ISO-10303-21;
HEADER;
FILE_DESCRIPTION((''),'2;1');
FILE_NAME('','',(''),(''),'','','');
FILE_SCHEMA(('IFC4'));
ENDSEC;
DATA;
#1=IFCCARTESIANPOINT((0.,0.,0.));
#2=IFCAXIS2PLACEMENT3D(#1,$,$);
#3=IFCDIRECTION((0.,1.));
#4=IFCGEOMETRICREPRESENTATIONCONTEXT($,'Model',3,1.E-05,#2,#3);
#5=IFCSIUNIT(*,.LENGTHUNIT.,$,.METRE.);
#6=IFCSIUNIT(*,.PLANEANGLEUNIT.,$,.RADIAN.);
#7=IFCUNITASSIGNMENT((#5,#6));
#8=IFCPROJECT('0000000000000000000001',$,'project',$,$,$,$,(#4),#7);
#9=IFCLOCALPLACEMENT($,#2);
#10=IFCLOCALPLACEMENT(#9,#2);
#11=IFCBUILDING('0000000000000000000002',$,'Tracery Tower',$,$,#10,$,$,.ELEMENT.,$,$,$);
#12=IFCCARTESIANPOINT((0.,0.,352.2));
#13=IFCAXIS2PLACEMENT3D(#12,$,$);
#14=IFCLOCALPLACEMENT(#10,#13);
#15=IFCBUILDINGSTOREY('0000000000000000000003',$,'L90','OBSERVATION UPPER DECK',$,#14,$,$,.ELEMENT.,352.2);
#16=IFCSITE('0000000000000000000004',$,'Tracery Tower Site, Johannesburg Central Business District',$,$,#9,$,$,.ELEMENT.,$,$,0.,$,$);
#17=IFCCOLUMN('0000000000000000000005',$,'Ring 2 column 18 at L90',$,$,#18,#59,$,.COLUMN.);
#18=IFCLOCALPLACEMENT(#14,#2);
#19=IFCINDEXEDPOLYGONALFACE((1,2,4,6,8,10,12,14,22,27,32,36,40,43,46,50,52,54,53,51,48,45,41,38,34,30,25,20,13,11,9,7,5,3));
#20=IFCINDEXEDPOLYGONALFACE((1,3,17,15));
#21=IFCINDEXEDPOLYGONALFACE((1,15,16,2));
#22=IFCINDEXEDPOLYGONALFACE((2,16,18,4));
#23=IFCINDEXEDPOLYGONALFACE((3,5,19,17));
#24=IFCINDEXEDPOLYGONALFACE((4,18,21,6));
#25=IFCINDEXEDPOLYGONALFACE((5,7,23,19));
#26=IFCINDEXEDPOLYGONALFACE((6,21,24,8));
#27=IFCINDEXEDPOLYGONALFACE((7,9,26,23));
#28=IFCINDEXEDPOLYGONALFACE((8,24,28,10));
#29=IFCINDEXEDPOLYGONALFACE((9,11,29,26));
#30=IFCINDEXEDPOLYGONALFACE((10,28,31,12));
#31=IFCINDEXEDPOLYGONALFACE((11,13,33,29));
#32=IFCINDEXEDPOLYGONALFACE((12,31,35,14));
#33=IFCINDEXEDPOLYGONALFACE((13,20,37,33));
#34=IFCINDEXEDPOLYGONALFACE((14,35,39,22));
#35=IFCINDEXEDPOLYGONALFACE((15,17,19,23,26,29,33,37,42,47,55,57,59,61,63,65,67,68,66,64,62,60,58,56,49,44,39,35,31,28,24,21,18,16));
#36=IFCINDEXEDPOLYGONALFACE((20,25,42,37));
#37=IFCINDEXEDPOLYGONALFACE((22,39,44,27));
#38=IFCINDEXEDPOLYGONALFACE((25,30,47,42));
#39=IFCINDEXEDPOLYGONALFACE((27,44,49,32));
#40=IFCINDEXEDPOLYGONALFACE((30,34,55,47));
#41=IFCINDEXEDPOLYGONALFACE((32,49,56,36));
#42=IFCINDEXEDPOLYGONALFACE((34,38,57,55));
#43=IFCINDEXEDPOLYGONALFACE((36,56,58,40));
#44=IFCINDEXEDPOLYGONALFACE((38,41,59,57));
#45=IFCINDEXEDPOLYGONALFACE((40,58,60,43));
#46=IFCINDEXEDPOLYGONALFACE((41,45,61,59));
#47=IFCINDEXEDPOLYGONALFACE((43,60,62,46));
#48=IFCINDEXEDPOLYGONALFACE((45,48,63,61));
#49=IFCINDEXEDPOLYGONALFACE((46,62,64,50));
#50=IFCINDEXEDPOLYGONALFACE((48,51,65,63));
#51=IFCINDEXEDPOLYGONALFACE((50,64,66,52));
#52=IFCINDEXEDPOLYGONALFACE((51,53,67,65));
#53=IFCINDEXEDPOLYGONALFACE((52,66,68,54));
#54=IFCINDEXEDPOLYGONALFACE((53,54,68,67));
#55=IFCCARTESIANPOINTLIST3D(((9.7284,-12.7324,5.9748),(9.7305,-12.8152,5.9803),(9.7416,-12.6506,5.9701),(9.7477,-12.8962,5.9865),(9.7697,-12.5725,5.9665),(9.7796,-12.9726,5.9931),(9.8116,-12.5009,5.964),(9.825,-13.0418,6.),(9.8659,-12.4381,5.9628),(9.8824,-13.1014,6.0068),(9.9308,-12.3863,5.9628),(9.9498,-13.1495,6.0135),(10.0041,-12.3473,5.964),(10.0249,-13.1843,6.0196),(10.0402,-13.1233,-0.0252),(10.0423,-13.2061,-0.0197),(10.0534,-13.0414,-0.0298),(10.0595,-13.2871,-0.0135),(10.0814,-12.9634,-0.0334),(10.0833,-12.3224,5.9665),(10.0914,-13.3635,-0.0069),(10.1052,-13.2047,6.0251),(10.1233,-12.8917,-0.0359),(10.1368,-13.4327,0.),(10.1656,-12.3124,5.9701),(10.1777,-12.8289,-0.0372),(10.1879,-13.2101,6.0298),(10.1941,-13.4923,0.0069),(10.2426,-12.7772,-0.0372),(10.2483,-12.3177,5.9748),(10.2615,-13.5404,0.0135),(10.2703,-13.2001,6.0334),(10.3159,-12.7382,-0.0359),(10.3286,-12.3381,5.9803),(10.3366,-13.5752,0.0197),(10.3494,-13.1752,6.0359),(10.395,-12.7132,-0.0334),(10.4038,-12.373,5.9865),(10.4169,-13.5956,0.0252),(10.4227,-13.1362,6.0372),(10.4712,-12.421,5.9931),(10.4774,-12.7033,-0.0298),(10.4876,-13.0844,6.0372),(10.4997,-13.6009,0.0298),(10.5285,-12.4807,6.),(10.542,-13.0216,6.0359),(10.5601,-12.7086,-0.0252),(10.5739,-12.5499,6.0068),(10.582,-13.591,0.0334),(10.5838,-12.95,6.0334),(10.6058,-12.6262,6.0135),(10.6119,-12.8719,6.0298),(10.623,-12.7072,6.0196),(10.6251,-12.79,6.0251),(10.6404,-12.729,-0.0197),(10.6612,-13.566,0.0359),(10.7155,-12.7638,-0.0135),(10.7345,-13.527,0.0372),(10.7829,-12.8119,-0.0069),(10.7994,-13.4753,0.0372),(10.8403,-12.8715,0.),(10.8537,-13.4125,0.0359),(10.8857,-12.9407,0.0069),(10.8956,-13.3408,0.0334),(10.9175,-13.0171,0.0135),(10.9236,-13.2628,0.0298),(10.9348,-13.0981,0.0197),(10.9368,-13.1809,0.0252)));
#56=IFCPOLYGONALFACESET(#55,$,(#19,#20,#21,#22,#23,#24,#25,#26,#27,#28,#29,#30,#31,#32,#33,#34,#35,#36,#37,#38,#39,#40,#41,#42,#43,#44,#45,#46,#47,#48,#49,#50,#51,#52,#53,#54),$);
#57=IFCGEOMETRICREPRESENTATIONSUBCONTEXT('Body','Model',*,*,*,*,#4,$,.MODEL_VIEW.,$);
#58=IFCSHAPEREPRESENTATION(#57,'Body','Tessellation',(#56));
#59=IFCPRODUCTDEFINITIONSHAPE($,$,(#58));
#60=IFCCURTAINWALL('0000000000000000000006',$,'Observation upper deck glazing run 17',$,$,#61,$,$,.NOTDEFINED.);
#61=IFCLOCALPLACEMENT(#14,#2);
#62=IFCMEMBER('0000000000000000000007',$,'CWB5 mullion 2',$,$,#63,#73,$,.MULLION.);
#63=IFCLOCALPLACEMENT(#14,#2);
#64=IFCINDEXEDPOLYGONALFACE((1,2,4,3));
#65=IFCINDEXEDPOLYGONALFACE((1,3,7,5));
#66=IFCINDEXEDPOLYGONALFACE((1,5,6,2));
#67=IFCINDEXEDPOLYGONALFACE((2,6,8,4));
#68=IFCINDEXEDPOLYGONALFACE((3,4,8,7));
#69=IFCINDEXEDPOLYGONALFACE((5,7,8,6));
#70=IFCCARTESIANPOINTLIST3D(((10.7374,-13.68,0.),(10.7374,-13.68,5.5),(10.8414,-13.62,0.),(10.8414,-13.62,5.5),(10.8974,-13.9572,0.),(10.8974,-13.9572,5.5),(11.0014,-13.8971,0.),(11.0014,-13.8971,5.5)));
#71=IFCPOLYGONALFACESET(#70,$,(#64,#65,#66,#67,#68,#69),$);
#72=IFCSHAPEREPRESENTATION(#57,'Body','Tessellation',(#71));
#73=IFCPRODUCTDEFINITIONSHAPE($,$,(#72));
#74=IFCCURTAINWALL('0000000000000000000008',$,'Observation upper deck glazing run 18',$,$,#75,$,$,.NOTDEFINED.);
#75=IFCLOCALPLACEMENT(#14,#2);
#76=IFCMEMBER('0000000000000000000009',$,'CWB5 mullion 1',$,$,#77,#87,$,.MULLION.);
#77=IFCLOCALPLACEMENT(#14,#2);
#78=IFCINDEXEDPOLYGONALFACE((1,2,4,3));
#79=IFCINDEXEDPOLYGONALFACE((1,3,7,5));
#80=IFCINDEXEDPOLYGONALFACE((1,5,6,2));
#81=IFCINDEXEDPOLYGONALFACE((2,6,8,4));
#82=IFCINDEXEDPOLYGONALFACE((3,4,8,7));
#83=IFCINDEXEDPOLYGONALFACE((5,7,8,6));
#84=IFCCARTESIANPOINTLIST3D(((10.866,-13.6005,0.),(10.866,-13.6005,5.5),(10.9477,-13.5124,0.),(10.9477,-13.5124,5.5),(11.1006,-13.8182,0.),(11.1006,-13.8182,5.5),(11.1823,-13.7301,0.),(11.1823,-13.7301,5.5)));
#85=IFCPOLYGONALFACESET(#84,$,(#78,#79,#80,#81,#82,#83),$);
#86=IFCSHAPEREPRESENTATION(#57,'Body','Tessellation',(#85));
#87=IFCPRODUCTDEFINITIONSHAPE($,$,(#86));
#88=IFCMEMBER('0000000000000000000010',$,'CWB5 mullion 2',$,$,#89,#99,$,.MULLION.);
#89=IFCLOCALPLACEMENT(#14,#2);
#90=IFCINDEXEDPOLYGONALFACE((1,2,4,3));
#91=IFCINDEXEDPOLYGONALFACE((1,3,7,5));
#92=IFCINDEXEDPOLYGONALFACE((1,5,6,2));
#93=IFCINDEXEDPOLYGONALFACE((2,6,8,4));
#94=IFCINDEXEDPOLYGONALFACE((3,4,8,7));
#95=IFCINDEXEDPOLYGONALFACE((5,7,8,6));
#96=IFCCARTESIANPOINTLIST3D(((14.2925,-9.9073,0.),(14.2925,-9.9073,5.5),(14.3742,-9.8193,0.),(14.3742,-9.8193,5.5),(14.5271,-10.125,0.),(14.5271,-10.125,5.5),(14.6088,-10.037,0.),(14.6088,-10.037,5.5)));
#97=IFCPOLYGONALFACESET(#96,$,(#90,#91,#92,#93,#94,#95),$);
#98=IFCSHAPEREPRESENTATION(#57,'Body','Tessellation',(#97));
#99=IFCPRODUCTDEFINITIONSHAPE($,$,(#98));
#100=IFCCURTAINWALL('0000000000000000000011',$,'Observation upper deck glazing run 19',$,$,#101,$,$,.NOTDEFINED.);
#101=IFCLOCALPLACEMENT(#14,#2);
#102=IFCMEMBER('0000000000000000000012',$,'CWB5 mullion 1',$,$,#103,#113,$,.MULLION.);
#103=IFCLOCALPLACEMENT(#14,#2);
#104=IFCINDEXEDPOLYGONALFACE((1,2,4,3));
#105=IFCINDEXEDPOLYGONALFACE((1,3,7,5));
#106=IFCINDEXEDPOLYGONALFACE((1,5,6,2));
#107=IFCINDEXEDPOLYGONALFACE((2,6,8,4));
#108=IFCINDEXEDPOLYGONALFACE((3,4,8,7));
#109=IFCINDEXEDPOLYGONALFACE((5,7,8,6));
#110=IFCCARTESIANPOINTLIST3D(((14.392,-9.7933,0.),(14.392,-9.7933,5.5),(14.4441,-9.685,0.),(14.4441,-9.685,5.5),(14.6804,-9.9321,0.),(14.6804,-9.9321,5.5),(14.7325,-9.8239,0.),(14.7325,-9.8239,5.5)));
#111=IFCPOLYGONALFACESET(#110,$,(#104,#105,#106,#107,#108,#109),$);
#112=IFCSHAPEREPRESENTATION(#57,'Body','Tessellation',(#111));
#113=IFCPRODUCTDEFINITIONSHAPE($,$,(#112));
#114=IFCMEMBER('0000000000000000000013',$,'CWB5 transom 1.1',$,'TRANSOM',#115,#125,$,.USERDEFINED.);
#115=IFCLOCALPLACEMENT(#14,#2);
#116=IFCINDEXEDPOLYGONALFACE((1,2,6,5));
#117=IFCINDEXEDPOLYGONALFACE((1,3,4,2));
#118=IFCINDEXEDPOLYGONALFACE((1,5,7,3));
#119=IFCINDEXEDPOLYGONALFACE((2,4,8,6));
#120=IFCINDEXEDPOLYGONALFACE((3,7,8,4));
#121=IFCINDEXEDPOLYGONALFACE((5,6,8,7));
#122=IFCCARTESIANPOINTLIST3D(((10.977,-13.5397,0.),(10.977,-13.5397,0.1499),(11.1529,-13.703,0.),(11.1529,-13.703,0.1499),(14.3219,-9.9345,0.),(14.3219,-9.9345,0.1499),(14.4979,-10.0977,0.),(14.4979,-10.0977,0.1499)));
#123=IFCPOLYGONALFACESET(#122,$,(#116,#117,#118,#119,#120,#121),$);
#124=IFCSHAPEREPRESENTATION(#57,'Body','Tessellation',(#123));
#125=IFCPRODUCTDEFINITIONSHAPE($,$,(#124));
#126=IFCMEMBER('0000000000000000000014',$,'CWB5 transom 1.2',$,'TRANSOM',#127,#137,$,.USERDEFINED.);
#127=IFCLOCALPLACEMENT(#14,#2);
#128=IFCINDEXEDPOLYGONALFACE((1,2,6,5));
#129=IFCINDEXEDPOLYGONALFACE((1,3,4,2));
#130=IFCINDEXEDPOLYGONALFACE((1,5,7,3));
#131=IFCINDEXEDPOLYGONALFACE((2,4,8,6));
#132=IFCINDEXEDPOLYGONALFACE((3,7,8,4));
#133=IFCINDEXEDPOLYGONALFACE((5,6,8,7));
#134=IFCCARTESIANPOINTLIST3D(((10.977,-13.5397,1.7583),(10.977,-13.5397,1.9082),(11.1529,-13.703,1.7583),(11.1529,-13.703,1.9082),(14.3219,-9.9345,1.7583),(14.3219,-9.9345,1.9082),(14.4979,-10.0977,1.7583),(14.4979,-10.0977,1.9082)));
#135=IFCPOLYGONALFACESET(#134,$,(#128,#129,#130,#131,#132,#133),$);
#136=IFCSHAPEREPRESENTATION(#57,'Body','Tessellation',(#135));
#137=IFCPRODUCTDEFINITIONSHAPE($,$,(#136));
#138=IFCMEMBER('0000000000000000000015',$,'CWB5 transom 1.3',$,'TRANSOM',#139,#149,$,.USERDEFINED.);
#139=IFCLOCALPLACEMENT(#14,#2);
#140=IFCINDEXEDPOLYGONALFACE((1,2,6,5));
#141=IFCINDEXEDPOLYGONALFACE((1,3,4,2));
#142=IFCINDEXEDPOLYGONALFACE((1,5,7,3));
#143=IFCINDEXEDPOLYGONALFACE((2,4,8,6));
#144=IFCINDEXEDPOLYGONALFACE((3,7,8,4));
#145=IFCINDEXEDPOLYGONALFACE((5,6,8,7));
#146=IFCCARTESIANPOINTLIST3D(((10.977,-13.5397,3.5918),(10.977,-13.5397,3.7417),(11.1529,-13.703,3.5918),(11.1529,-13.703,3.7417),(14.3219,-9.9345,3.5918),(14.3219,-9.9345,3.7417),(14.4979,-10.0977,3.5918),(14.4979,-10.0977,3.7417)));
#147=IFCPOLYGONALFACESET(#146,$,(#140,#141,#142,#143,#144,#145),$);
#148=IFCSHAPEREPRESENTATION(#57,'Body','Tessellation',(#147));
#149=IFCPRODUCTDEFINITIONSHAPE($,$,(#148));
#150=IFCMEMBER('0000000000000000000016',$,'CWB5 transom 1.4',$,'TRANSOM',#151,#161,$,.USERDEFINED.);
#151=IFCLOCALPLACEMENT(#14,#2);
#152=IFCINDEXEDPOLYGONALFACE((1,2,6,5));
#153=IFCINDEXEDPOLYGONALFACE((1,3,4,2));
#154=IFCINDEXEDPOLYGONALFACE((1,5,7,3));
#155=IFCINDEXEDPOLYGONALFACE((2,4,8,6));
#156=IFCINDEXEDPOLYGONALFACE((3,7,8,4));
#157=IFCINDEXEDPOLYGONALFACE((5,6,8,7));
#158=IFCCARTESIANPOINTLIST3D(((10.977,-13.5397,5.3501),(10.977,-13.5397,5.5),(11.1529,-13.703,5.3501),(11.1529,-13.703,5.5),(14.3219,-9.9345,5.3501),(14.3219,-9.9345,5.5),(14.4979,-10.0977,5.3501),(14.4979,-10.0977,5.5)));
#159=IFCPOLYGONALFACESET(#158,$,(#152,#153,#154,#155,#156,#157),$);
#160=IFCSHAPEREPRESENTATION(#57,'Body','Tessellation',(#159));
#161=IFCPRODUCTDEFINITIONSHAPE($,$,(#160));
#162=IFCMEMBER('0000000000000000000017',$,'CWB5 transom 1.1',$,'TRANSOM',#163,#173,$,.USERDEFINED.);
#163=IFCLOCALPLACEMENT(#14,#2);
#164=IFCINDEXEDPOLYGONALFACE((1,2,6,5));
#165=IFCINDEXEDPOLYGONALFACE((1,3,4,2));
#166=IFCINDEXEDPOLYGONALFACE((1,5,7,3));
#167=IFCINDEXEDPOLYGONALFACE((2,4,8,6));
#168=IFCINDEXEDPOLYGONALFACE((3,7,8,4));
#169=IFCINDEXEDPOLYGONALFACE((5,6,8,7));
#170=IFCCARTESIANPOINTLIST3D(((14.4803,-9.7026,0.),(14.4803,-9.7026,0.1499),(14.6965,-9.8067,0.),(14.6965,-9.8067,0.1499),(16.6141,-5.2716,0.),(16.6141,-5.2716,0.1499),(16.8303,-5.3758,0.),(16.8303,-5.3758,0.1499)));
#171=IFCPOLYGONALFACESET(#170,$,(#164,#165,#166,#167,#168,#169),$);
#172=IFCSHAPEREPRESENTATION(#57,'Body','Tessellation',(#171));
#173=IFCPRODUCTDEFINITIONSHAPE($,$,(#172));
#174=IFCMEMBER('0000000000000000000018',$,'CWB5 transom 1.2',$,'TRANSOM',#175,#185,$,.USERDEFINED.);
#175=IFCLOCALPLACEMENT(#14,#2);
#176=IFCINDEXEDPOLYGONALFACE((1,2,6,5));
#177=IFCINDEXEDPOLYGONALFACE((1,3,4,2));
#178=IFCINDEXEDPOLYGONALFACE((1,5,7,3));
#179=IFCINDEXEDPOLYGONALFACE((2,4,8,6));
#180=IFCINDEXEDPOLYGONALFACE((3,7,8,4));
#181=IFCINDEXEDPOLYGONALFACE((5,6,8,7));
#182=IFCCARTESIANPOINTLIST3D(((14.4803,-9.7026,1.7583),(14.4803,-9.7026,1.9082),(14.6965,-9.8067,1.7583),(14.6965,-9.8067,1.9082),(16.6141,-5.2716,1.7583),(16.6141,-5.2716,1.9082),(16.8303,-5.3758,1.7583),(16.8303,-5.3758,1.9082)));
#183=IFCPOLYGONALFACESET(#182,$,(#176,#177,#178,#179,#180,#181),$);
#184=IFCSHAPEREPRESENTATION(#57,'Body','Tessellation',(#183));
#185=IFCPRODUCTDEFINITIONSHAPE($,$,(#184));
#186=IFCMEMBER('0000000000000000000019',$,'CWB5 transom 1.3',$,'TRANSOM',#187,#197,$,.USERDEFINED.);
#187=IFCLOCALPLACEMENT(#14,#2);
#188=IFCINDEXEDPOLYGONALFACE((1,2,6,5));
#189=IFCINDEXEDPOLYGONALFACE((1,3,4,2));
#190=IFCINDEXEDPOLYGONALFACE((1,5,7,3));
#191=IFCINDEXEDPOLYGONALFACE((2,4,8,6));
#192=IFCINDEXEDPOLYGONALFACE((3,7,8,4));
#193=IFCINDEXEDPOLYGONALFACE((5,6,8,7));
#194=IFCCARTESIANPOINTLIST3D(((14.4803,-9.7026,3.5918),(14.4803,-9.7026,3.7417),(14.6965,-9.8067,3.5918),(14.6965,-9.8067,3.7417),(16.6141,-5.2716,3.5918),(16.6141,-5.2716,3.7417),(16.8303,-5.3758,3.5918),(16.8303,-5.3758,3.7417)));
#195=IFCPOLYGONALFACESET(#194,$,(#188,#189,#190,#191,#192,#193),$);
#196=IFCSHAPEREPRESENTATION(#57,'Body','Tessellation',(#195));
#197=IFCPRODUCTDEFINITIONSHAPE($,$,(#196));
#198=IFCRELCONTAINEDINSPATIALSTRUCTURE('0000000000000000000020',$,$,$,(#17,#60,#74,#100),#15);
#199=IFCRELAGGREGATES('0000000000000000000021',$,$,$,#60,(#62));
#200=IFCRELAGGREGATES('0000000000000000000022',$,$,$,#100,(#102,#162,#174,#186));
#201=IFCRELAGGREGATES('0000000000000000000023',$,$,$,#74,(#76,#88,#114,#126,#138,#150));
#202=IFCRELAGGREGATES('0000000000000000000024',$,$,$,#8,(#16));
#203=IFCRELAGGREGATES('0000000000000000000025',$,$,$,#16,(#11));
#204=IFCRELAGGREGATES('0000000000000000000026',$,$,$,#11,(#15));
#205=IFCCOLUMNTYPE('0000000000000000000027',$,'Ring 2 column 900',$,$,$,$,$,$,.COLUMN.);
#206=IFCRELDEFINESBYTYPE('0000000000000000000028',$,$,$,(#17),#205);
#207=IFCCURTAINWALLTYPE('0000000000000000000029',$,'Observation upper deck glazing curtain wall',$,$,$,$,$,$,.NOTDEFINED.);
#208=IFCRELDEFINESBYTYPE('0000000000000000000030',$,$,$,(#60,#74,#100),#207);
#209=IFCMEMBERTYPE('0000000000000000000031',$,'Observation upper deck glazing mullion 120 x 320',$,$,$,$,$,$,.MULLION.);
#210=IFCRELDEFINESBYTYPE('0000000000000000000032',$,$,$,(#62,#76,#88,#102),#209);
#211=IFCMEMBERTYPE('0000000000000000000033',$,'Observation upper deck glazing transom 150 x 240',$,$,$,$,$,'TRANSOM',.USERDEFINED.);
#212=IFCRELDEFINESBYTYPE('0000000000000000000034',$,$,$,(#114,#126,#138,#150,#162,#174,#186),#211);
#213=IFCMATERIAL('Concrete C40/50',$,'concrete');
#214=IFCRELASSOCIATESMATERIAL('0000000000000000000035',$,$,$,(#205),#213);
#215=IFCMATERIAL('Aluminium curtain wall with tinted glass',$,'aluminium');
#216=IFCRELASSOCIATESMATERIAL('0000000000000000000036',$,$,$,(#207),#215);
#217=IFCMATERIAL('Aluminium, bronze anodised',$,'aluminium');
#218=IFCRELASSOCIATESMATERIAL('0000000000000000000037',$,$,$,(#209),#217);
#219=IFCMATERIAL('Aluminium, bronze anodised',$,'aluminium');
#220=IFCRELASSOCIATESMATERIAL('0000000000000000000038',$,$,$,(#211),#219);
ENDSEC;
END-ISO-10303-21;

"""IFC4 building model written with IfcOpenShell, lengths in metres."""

from ifc_helpers import new_model, si_unit, direction, frame, origin, origin_2d, place, context, subcontext, project, spatial, rectangle, circle, extrude, material, material_profile, profile_set, type_object, element, aggregate, save


model = new_model("IFC4")

# Units and contexts
model_context = context("Model", 3, precision=1e-05, world=origin(), true_north=direction((0.0, 1.0)))
body_context = subcontext(model_context, "Body", "Model", "MODEL_VIEW")
ifc_project = project(units=[si_unit("LENGTHUNIT", "METRE"), si_unit("PLANEANGLEUNIT", "RADIAN")], contexts=[model_context])

# Site, building, storey
site_placement = place(None, origin())
site = spatial("IfcSite", under=ifc_project, at=site_placement, Name="Tracery Tower Site, Johannesburg Central Business District", CompositionType="ELEMENT", RefElevation=0.0)
building_placement = place(site_placement, origin())
building = spatial("IfcBuilding", under=site, at=building_placement, Name="Tracery Tower", CompositionType="ELEMENT")
storey_placement = place(building_placement, frame((0.0, 0.0, 352.2)))
storey = spatial("IfcBuildingStorey", under=building, at=storey_placement, Name="L90", Description="OBSERVATION UPPER DECK", CompositionType="ELEMENT", Elevation=352.2)

# Column
ifc_material_1 = material(Name="Concrete C40/50", Category="concrete")
ifc_material_profile_1 = material_profile(ifc_material_1, circle(Radius=0.45, at=origin_2d()), Name="RC D900")
ifc_profile_set_1 = profile_set([ifc_material_profile_1], Name="Concrete C40/50")
column_type = type_object("IfcColumnType", Name="Ring 2 column 900", PredefinedType="COLUMN", material=ifc_profile_set_1)
column_placement = place(storey_placement, frame((10.4885, -13.1521, 0.0), z_axis=(-0.051782, 0.06492, 0.996546), x_axis=(-0.781773, -0.623563, 0.0)))
element("IfcColumn", 1, at=column_placement, inside=storey, type_object=column_type, Name="Ring 2 column 18 at L90", PredefinedType="COLUMN", context=body_context, shape_type="SweptSolid", body=[
    extrude(circle(Radius=0.45, at=origin_2d()), origin(), (0.0, 0.0, 1.0), 6.0208),
])

# Curtain wall, member
ifc_material_2 = material(Name="Aluminium curtain wall with tinted glass", Category="aluminium")
curtain_wall_type = type_object("IfcCurtainWallType", Name="Observation upper deck glazing curtain wall", PredefinedType="NOTDEFINED", material=ifc_material_2)
curtain_wall_1_placement = place(storey_placement, origin())
curtain_wall_1 = element("IfcCurtainWall", 2, at=curtain_wall_1_placement, inside=storey, type_object=curtain_wall_type, Name="Observation upper deck glazing run 17", PredefinedType="NOTDEFINED")
ifc_material_3 = material(Name="Aluminium, bronze anodised", Category="aluminium")
ifc_material_profile_2 = material_profile(ifc_material_3, rectangle(XDim=0.3201, YDim=0.1201, at=origin_2d()), Name="Observation upper deck glazing mullion 120 x 320")
ifc_profile_set_2 = profile_set([ifc_material_profile_2], Name="Aluminium, bronze anodised")
member_type_1 = type_object("IfcMemberType", Name="Observation upper deck glazing mullion 120 x 320", PredefinedType="MULLION", material=ifc_profile_set_2)
member_1_placement = place(storey_placement, frame((10.8694, -13.7886, 0.0), z_axis=(0.0, 0.0, 1.0), x_axis=(-0.500005, 0.866023, 0.0)))
member_1 = element("IfcMember", 3, at=member_1_placement, type_object=member_type_1, Name="CWB5 mullion 2", PredefinedType="MULLION", context=body_context, shape_type="SweptSolid", body=[
    extrude(rectangle(XDim=0.3201, YDim=0.1201, at=origin_2d()), origin(), (0.0, 0.0, 1.0), 5.5),
])
aggregate(curtain_wall_1, [member_1])

# Curtain wall, members
curtain_wall_2_placement = place(storey_placement, origin())
curtain_wall_2 = element("IfcCurtainWall", 4, at=curtain_wall_2_placement, inside=storey, type_object=curtain_wall_type, Name="Observation upper deck glazing run 18", PredefinedType="NOTDEFINED")
member_2_placement = place(storey_placement, frame((11.0242, -13.6653, 0.0), z_axis=(0.0, 0.0, 1.0), x_axis=(-0.733057, 0.680168, 0.0)))
member_2 = element("IfcMember", 5, at=member_2_placement, type_object=member_type_1, Name="CWB5 mullion 1", PredefinedType="MULLION", context=body_context, shape_type="SweptSolid", body=[
    extrude(rectangle(XDim=0.3201, YDim=0.1201, at=origin_2d()), origin(), (0.0, 0.0, 1.0), 5.5),
])
member_3_placement = place(storey_placement, frame((14.4507, -9.9722, 0.0), z_axis=(0.0, 0.0, 1.0), x_axis=(-0.733057, 0.680168, 0.0)))
member_3 = element("IfcMember", 6, at=member_3_placement, type_object=member_type_1, Name="CWB5 mullion 2", PredefinedType="MULLION", context=body_context, shape_type="SweptSolid", body=[
    extrude(rectangle(XDim=0.3201, YDim=0.1201, at=origin_2d()), origin(), (0.0, 0.0, 1.0), 5.5),
])

# Curtain wall, member
curtain_wall_3_placement = place(storey_placement, origin())
curtain_wall_3 = element("IfcCurtainWall", 7, at=curtain_wall_3_placement, inside=storey, type_object=curtain_wall_type, Name="Observation upper deck glazing run 19", PredefinedType="NOTDEFINED")
member_4_placement = place(storey_placement, frame((14.5623, -9.8086, 0.0), z_axis=(0.0, 0.0, 1.0), x_axis=(-0.900967, 0.433888, 0.0)))
member_4 = element("IfcMember", 8, at=member_4_placement, type_object=member_type_1, Name="CWB5 mullion 1", PredefinedType="MULLION", context=body_context, shape_type="SweptSolid", body=[
    extrude(rectangle(XDim=0.3201, YDim=0.1201, at=origin_2d()), origin(), (0.0, 0.0, 1.0), 5.5),
])

# Members
ifc_material_4 = material(Name="Aluminium, bronze anodised", Category="aluminium")
ifc_material_profile_3 = material_profile(ifc_material_4, rectangle(XDim=0.24, YDim=0.1499, at=origin_2d()), Name="Observation upper deck glazing transom 150 x 240")
ifc_profile_set_3 = profile_set([ifc_material_profile_3], Name="Aluminium, bronze anodised")
member_type_2 = type_object("IfcMemberType", Name="Observation upper deck glazing transom 150 x 240", ElementType="TRANSOM", PredefinedType="USERDEFINED", material=ifc_profile_set_3)
member_5_placement = place(storey_placement, frame((11.0649, -13.6213, 0.075), z_axis=(0.680152, 0.733071, 0.0), x_axis=(-0.733071, 0.680152, 0.0)))
member_5 = element("IfcMember", 9, at=member_5_placement, type_object=member_type_2, Name="CWB5 transom 1.1", ObjectType="TRANSOM", PredefinedType="USERDEFINED", context=body_context, shape_type="SweptSolid", body=[
    extrude(rectangle(XDim=0.24, YDim=0.1499, at=origin_2d()), origin(), (0.0, 0.0, 1.0), 4.918),
])
member_6_placement = place(storey_placement, frame((11.0649, -13.6213, 1.8333), z_axis=(0.680152, 0.733071, 0.0), x_axis=(-0.733071, 0.680152, 0.0)))
member_6 = element("IfcMember", 10, at=member_6_placement, type_object=member_type_2, Name="CWB5 transom 1.2", ObjectType="TRANSOM", PredefinedType="USERDEFINED", context=body_context, shape_type="SweptSolid", body=[
    extrude(rectangle(XDim=0.24, YDim=0.1499, at=origin_2d()), origin(), (0.0, 0.0, 1.0), 4.918),
])
member_7_placement = place(storey_placement, frame((11.0649, -13.6213, 3.6667), z_axis=(0.680152, 0.733071, 0.0), x_axis=(-0.733071, 0.680152, 0.0)))
member_7 = element("IfcMember", 11, at=member_7_placement, type_object=member_type_2, Name="CWB5 transom 1.3", ObjectType="TRANSOM", PredefinedType="USERDEFINED", context=body_context, shape_type="SweptSolid", body=[
    extrude(rectangle(XDim=0.24, YDim=0.1499, at=origin_2d()), origin(), (0.0, 0.0, 1.0), 4.918),
])
member_8_placement = place(storey_placement, frame((11.0649, -13.6213, 5.425), z_axis=(0.680152, 0.733071, 0.0), x_axis=(-0.733071, 0.680152, 0.0)))
member_8 = element("IfcMember", 12, at=member_8_placement, type_object=member_type_2, Name="CWB5 transom 1.4", ObjectType="TRANSOM", PredefinedType="USERDEFINED", context=body_context, shape_type="SweptSolid", body=[
    extrude(rectangle(XDim=0.24, YDim=0.1499, at=origin_2d()), origin(), (0.0, 0.0, 1.0), 4.918),
])
member_9_placement = place(storey_placement, frame((14.5884, -9.7546, 0.075), z_axis=(0.43388, 0.900971, 0.0), x_axis=(-0.900971, 0.43388, 0.0)))
member_9 = element("IfcMember", 13, at=member_9_placement, type_object=member_type_2, Name="CWB5 transom 1.1", ObjectType="TRANSOM", PredefinedType="USERDEFINED", context=body_context, shape_type="SweptSolid", body=[
    extrude(rectangle(XDim=0.24, YDim=0.1499, at=origin_2d()), origin(), (0.0, 0.0, 1.0), 4.918),
])
member_10_placement = place(storey_placement, frame((14.5884, -9.7546, 1.8333), z_axis=(0.43388, 0.900971, 0.0), x_axis=(-0.900971, 0.43388, 0.0)))
member_10 = element("IfcMember", 14, at=member_10_placement, type_object=member_type_2, Name="CWB5 transom 1.2", ObjectType="TRANSOM", PredefinedType="USERDEFINED", context=body_context, shape_type="SweptSolid", body=[
    extrude(rectangle(XDim=0.24, YDim=0.1499, at=origin_2d()), origin(), (0.0, 0.0, 1.0), 4.918),
])
member_11_placement = place(storey_placement, frame((14.5884, -9.7546, 3.6667), z_axis=(0.43388, 0.900971, 0.0), x_axis=(-0.900971, 0.43388, 0.0)))
member_11 = element("IfcMember", 15, at=member_11_placement, type_object=member_type_2, Name="CWB5 transom 1.3", ObjectType="TRANSOM", PredefinedType="USERDEFINED", context=body_context, shape_type="SweptSolid", body=[
    extrude(rectangle(XDim=0.24, YDim=0.1499, at=origin_2d()), origin(), (0.0, 0.0, 1.0), 4.918),
])
aggregate(curtain_wall_3, [member_4, member_9, member_10, member_11])

aggregate(curtain_wall_2, [member_2, member_3, member_5, member_6, member_7, member_8])

save(model, "model.ifc")
